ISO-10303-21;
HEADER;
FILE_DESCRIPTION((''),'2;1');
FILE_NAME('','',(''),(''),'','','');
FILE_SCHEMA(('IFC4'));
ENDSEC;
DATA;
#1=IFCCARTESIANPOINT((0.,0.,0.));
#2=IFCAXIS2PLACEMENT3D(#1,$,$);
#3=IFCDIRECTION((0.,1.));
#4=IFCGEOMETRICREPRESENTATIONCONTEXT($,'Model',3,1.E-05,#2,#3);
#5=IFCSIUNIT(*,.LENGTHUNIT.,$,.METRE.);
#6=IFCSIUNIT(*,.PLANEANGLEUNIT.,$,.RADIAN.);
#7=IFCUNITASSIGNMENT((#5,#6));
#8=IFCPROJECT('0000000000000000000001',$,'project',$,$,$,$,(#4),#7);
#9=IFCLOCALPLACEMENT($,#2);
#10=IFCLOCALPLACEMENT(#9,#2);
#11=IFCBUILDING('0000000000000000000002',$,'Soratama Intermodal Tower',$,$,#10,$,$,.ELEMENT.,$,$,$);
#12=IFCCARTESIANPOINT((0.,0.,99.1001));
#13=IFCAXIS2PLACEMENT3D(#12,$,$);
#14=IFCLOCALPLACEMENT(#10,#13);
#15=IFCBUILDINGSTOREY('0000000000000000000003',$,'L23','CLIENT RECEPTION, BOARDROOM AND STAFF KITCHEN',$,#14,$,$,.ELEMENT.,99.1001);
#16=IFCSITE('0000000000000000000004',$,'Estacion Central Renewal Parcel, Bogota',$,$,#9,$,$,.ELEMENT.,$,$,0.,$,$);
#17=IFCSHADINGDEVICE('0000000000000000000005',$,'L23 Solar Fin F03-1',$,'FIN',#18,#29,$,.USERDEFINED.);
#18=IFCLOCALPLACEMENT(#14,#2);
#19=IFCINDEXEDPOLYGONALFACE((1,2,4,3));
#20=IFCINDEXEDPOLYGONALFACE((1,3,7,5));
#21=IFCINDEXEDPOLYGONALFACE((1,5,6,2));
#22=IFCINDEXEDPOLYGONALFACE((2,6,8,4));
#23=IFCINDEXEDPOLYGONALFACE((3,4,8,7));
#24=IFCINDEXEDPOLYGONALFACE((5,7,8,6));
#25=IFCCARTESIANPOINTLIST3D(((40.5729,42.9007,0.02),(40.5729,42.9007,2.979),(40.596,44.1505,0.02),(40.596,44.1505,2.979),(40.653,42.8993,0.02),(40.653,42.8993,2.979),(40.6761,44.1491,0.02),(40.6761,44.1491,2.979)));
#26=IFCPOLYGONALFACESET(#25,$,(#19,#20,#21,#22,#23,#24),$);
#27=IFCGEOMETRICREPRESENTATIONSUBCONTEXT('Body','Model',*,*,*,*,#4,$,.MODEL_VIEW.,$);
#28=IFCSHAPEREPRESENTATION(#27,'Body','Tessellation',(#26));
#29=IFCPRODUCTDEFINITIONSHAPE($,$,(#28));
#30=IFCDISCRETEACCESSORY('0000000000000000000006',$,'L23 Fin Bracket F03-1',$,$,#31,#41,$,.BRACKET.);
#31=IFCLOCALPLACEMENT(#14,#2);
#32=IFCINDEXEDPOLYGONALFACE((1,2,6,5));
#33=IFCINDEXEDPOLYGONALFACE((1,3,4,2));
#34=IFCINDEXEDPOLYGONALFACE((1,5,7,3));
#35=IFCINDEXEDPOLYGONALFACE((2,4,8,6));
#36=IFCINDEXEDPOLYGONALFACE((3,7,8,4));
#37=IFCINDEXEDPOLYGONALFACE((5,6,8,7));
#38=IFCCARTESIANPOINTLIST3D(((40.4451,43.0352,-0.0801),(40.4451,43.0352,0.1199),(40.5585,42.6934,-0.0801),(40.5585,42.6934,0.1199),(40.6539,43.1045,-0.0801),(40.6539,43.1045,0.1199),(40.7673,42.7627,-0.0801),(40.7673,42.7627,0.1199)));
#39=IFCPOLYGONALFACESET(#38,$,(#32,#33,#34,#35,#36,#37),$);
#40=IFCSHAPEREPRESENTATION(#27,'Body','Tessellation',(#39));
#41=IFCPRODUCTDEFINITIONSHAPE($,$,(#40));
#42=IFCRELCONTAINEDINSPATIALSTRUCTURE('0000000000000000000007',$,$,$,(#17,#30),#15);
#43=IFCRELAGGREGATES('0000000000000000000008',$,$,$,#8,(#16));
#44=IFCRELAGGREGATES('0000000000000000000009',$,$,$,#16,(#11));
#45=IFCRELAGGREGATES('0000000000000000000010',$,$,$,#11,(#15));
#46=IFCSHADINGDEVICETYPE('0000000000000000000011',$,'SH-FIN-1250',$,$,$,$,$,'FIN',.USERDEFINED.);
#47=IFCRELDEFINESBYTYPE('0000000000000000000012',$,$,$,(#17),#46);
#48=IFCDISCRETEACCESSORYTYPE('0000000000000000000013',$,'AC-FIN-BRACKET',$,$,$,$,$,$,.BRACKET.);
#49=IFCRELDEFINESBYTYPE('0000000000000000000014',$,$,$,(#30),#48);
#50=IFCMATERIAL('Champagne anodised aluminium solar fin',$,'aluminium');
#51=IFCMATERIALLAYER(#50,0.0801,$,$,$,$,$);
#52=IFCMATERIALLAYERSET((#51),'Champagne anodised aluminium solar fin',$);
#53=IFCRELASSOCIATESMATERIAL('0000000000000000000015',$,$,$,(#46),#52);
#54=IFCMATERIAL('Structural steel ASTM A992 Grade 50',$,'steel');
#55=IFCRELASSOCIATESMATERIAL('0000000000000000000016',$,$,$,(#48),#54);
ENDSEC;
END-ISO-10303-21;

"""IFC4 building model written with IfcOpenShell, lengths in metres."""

from ifc_helpers import new_model, si_unit, direction, frame, origin, origin_2d, place, context, subcontext, project, spatial, rectangle, extrude, material, layer, layer_set, type_object, element, save


model = new_model("IFC4")

# Units and contexts
model_context = context("Model", 3, precision=1e-05, world=origin(), true_north=direction((0.0, 1.0)))
body_context = subcontext(model_context, "Body", "Model", "MODEL_VIEW")
ifc_project = project(units=[si_unit("LENGTHUNIT", "METRE"), si_unit("PLANEANGLEUNIT", "RADIAN")], contexts=[model_context])

# Site, building, storey
site_placement = place(None, origin())
site = spatial("IfcSite", under=ifc_project, at=site_placement, Name="Estacion Central Renewal Parcel, Bogota", CompositionType="ELEMENT", RefElevation=0.0)
building_placement = place(site_placement, origin())
building = spatial("IfcBuilding", under=site, at=building_placement, Name="Soratama Intermodal Tower", CompositionType="ELEMENT")
storey_placement = place(building_placement, frame((0.0, 0.0, 99.1001)))
storey = spatial("IfcBuildingStorey", under=building, at=storey_placement, Name="L23", Description="CLIENT RECEPTION, BOARDROOM AND STAFF KITCHEN", CompositionType="ELEMENT", Elevation=99.1001)

# Shading device
ifc_material_1 = material(Name="Champagne anodised aluminium solar fin", Category="aluminium")
ifc_layer_1 = layer(ifc_material_1, 0.0801)
ifc_layer_set_1 = layer_set([ifc_layer_1], Name="Champagne anodised aluminium solar fin")
shading_device_type = type_object("IfcShadingDeviceType", Name="SH-FIN-1250", ElementType="FIN", PredefinedType="USERDEFINED", material=ifc_layer_set_1)
shading_device_placement = place(storey_placement, frame((40.6245, 43.5249, 0.02), z_axis=(0.0, 0.0, 1.0), x_axis=(0.018499, 0.999829, 0.0)))
element("IfcShadingDevice", 1, at=shading_device_placement, inside=storey, type_object=shading_device_type, Name="L23 Solar Fin F03-1", ObjectType="FIN", PredefinedType="USERDEFINED", context=body_context, shape_type="SweptSolid", body=[
    extrude(rectangle(XDim=1.25, YDim=0.0801, at=origin_2d()), origin(), (0.0, 0.0, 1.0), 2.959),
])

# Discrete accessory
ifc_material_2 = material(Name="Structural steel ASTM A992 Grade 50", Category="steel")
discrete_accessory_type = type_object("IfcDiscreteAccessoryType", Name="AC-FIN-BRACKET", PredefinedType="BRACKET", material=ifc_material_2)
discrete_accessory_placement = place(storey_placement, frame((40.6062, 42.8989, -0.0801), z_axis=(0.0, 0.0, 1.0), x_axis=(-0.314987, 0.949096, 0.0)))
element("IfcDiscreteAccessory", 2, at=discrete_accessory_placement, inside=storey, type_object=discrete_accessory_type, Name="L23 Fin Bracket F03-1", PredefinedType="BRACKET", context=body_context, shape_type="SweptSolid", body=[
    extrude(rectangle(XDim=0.3601, YDim=0.22, at=origin_2d()), origin(), (0.0, 0.0, 1.0), 0.2),
])

save(model, "model.ifc")
